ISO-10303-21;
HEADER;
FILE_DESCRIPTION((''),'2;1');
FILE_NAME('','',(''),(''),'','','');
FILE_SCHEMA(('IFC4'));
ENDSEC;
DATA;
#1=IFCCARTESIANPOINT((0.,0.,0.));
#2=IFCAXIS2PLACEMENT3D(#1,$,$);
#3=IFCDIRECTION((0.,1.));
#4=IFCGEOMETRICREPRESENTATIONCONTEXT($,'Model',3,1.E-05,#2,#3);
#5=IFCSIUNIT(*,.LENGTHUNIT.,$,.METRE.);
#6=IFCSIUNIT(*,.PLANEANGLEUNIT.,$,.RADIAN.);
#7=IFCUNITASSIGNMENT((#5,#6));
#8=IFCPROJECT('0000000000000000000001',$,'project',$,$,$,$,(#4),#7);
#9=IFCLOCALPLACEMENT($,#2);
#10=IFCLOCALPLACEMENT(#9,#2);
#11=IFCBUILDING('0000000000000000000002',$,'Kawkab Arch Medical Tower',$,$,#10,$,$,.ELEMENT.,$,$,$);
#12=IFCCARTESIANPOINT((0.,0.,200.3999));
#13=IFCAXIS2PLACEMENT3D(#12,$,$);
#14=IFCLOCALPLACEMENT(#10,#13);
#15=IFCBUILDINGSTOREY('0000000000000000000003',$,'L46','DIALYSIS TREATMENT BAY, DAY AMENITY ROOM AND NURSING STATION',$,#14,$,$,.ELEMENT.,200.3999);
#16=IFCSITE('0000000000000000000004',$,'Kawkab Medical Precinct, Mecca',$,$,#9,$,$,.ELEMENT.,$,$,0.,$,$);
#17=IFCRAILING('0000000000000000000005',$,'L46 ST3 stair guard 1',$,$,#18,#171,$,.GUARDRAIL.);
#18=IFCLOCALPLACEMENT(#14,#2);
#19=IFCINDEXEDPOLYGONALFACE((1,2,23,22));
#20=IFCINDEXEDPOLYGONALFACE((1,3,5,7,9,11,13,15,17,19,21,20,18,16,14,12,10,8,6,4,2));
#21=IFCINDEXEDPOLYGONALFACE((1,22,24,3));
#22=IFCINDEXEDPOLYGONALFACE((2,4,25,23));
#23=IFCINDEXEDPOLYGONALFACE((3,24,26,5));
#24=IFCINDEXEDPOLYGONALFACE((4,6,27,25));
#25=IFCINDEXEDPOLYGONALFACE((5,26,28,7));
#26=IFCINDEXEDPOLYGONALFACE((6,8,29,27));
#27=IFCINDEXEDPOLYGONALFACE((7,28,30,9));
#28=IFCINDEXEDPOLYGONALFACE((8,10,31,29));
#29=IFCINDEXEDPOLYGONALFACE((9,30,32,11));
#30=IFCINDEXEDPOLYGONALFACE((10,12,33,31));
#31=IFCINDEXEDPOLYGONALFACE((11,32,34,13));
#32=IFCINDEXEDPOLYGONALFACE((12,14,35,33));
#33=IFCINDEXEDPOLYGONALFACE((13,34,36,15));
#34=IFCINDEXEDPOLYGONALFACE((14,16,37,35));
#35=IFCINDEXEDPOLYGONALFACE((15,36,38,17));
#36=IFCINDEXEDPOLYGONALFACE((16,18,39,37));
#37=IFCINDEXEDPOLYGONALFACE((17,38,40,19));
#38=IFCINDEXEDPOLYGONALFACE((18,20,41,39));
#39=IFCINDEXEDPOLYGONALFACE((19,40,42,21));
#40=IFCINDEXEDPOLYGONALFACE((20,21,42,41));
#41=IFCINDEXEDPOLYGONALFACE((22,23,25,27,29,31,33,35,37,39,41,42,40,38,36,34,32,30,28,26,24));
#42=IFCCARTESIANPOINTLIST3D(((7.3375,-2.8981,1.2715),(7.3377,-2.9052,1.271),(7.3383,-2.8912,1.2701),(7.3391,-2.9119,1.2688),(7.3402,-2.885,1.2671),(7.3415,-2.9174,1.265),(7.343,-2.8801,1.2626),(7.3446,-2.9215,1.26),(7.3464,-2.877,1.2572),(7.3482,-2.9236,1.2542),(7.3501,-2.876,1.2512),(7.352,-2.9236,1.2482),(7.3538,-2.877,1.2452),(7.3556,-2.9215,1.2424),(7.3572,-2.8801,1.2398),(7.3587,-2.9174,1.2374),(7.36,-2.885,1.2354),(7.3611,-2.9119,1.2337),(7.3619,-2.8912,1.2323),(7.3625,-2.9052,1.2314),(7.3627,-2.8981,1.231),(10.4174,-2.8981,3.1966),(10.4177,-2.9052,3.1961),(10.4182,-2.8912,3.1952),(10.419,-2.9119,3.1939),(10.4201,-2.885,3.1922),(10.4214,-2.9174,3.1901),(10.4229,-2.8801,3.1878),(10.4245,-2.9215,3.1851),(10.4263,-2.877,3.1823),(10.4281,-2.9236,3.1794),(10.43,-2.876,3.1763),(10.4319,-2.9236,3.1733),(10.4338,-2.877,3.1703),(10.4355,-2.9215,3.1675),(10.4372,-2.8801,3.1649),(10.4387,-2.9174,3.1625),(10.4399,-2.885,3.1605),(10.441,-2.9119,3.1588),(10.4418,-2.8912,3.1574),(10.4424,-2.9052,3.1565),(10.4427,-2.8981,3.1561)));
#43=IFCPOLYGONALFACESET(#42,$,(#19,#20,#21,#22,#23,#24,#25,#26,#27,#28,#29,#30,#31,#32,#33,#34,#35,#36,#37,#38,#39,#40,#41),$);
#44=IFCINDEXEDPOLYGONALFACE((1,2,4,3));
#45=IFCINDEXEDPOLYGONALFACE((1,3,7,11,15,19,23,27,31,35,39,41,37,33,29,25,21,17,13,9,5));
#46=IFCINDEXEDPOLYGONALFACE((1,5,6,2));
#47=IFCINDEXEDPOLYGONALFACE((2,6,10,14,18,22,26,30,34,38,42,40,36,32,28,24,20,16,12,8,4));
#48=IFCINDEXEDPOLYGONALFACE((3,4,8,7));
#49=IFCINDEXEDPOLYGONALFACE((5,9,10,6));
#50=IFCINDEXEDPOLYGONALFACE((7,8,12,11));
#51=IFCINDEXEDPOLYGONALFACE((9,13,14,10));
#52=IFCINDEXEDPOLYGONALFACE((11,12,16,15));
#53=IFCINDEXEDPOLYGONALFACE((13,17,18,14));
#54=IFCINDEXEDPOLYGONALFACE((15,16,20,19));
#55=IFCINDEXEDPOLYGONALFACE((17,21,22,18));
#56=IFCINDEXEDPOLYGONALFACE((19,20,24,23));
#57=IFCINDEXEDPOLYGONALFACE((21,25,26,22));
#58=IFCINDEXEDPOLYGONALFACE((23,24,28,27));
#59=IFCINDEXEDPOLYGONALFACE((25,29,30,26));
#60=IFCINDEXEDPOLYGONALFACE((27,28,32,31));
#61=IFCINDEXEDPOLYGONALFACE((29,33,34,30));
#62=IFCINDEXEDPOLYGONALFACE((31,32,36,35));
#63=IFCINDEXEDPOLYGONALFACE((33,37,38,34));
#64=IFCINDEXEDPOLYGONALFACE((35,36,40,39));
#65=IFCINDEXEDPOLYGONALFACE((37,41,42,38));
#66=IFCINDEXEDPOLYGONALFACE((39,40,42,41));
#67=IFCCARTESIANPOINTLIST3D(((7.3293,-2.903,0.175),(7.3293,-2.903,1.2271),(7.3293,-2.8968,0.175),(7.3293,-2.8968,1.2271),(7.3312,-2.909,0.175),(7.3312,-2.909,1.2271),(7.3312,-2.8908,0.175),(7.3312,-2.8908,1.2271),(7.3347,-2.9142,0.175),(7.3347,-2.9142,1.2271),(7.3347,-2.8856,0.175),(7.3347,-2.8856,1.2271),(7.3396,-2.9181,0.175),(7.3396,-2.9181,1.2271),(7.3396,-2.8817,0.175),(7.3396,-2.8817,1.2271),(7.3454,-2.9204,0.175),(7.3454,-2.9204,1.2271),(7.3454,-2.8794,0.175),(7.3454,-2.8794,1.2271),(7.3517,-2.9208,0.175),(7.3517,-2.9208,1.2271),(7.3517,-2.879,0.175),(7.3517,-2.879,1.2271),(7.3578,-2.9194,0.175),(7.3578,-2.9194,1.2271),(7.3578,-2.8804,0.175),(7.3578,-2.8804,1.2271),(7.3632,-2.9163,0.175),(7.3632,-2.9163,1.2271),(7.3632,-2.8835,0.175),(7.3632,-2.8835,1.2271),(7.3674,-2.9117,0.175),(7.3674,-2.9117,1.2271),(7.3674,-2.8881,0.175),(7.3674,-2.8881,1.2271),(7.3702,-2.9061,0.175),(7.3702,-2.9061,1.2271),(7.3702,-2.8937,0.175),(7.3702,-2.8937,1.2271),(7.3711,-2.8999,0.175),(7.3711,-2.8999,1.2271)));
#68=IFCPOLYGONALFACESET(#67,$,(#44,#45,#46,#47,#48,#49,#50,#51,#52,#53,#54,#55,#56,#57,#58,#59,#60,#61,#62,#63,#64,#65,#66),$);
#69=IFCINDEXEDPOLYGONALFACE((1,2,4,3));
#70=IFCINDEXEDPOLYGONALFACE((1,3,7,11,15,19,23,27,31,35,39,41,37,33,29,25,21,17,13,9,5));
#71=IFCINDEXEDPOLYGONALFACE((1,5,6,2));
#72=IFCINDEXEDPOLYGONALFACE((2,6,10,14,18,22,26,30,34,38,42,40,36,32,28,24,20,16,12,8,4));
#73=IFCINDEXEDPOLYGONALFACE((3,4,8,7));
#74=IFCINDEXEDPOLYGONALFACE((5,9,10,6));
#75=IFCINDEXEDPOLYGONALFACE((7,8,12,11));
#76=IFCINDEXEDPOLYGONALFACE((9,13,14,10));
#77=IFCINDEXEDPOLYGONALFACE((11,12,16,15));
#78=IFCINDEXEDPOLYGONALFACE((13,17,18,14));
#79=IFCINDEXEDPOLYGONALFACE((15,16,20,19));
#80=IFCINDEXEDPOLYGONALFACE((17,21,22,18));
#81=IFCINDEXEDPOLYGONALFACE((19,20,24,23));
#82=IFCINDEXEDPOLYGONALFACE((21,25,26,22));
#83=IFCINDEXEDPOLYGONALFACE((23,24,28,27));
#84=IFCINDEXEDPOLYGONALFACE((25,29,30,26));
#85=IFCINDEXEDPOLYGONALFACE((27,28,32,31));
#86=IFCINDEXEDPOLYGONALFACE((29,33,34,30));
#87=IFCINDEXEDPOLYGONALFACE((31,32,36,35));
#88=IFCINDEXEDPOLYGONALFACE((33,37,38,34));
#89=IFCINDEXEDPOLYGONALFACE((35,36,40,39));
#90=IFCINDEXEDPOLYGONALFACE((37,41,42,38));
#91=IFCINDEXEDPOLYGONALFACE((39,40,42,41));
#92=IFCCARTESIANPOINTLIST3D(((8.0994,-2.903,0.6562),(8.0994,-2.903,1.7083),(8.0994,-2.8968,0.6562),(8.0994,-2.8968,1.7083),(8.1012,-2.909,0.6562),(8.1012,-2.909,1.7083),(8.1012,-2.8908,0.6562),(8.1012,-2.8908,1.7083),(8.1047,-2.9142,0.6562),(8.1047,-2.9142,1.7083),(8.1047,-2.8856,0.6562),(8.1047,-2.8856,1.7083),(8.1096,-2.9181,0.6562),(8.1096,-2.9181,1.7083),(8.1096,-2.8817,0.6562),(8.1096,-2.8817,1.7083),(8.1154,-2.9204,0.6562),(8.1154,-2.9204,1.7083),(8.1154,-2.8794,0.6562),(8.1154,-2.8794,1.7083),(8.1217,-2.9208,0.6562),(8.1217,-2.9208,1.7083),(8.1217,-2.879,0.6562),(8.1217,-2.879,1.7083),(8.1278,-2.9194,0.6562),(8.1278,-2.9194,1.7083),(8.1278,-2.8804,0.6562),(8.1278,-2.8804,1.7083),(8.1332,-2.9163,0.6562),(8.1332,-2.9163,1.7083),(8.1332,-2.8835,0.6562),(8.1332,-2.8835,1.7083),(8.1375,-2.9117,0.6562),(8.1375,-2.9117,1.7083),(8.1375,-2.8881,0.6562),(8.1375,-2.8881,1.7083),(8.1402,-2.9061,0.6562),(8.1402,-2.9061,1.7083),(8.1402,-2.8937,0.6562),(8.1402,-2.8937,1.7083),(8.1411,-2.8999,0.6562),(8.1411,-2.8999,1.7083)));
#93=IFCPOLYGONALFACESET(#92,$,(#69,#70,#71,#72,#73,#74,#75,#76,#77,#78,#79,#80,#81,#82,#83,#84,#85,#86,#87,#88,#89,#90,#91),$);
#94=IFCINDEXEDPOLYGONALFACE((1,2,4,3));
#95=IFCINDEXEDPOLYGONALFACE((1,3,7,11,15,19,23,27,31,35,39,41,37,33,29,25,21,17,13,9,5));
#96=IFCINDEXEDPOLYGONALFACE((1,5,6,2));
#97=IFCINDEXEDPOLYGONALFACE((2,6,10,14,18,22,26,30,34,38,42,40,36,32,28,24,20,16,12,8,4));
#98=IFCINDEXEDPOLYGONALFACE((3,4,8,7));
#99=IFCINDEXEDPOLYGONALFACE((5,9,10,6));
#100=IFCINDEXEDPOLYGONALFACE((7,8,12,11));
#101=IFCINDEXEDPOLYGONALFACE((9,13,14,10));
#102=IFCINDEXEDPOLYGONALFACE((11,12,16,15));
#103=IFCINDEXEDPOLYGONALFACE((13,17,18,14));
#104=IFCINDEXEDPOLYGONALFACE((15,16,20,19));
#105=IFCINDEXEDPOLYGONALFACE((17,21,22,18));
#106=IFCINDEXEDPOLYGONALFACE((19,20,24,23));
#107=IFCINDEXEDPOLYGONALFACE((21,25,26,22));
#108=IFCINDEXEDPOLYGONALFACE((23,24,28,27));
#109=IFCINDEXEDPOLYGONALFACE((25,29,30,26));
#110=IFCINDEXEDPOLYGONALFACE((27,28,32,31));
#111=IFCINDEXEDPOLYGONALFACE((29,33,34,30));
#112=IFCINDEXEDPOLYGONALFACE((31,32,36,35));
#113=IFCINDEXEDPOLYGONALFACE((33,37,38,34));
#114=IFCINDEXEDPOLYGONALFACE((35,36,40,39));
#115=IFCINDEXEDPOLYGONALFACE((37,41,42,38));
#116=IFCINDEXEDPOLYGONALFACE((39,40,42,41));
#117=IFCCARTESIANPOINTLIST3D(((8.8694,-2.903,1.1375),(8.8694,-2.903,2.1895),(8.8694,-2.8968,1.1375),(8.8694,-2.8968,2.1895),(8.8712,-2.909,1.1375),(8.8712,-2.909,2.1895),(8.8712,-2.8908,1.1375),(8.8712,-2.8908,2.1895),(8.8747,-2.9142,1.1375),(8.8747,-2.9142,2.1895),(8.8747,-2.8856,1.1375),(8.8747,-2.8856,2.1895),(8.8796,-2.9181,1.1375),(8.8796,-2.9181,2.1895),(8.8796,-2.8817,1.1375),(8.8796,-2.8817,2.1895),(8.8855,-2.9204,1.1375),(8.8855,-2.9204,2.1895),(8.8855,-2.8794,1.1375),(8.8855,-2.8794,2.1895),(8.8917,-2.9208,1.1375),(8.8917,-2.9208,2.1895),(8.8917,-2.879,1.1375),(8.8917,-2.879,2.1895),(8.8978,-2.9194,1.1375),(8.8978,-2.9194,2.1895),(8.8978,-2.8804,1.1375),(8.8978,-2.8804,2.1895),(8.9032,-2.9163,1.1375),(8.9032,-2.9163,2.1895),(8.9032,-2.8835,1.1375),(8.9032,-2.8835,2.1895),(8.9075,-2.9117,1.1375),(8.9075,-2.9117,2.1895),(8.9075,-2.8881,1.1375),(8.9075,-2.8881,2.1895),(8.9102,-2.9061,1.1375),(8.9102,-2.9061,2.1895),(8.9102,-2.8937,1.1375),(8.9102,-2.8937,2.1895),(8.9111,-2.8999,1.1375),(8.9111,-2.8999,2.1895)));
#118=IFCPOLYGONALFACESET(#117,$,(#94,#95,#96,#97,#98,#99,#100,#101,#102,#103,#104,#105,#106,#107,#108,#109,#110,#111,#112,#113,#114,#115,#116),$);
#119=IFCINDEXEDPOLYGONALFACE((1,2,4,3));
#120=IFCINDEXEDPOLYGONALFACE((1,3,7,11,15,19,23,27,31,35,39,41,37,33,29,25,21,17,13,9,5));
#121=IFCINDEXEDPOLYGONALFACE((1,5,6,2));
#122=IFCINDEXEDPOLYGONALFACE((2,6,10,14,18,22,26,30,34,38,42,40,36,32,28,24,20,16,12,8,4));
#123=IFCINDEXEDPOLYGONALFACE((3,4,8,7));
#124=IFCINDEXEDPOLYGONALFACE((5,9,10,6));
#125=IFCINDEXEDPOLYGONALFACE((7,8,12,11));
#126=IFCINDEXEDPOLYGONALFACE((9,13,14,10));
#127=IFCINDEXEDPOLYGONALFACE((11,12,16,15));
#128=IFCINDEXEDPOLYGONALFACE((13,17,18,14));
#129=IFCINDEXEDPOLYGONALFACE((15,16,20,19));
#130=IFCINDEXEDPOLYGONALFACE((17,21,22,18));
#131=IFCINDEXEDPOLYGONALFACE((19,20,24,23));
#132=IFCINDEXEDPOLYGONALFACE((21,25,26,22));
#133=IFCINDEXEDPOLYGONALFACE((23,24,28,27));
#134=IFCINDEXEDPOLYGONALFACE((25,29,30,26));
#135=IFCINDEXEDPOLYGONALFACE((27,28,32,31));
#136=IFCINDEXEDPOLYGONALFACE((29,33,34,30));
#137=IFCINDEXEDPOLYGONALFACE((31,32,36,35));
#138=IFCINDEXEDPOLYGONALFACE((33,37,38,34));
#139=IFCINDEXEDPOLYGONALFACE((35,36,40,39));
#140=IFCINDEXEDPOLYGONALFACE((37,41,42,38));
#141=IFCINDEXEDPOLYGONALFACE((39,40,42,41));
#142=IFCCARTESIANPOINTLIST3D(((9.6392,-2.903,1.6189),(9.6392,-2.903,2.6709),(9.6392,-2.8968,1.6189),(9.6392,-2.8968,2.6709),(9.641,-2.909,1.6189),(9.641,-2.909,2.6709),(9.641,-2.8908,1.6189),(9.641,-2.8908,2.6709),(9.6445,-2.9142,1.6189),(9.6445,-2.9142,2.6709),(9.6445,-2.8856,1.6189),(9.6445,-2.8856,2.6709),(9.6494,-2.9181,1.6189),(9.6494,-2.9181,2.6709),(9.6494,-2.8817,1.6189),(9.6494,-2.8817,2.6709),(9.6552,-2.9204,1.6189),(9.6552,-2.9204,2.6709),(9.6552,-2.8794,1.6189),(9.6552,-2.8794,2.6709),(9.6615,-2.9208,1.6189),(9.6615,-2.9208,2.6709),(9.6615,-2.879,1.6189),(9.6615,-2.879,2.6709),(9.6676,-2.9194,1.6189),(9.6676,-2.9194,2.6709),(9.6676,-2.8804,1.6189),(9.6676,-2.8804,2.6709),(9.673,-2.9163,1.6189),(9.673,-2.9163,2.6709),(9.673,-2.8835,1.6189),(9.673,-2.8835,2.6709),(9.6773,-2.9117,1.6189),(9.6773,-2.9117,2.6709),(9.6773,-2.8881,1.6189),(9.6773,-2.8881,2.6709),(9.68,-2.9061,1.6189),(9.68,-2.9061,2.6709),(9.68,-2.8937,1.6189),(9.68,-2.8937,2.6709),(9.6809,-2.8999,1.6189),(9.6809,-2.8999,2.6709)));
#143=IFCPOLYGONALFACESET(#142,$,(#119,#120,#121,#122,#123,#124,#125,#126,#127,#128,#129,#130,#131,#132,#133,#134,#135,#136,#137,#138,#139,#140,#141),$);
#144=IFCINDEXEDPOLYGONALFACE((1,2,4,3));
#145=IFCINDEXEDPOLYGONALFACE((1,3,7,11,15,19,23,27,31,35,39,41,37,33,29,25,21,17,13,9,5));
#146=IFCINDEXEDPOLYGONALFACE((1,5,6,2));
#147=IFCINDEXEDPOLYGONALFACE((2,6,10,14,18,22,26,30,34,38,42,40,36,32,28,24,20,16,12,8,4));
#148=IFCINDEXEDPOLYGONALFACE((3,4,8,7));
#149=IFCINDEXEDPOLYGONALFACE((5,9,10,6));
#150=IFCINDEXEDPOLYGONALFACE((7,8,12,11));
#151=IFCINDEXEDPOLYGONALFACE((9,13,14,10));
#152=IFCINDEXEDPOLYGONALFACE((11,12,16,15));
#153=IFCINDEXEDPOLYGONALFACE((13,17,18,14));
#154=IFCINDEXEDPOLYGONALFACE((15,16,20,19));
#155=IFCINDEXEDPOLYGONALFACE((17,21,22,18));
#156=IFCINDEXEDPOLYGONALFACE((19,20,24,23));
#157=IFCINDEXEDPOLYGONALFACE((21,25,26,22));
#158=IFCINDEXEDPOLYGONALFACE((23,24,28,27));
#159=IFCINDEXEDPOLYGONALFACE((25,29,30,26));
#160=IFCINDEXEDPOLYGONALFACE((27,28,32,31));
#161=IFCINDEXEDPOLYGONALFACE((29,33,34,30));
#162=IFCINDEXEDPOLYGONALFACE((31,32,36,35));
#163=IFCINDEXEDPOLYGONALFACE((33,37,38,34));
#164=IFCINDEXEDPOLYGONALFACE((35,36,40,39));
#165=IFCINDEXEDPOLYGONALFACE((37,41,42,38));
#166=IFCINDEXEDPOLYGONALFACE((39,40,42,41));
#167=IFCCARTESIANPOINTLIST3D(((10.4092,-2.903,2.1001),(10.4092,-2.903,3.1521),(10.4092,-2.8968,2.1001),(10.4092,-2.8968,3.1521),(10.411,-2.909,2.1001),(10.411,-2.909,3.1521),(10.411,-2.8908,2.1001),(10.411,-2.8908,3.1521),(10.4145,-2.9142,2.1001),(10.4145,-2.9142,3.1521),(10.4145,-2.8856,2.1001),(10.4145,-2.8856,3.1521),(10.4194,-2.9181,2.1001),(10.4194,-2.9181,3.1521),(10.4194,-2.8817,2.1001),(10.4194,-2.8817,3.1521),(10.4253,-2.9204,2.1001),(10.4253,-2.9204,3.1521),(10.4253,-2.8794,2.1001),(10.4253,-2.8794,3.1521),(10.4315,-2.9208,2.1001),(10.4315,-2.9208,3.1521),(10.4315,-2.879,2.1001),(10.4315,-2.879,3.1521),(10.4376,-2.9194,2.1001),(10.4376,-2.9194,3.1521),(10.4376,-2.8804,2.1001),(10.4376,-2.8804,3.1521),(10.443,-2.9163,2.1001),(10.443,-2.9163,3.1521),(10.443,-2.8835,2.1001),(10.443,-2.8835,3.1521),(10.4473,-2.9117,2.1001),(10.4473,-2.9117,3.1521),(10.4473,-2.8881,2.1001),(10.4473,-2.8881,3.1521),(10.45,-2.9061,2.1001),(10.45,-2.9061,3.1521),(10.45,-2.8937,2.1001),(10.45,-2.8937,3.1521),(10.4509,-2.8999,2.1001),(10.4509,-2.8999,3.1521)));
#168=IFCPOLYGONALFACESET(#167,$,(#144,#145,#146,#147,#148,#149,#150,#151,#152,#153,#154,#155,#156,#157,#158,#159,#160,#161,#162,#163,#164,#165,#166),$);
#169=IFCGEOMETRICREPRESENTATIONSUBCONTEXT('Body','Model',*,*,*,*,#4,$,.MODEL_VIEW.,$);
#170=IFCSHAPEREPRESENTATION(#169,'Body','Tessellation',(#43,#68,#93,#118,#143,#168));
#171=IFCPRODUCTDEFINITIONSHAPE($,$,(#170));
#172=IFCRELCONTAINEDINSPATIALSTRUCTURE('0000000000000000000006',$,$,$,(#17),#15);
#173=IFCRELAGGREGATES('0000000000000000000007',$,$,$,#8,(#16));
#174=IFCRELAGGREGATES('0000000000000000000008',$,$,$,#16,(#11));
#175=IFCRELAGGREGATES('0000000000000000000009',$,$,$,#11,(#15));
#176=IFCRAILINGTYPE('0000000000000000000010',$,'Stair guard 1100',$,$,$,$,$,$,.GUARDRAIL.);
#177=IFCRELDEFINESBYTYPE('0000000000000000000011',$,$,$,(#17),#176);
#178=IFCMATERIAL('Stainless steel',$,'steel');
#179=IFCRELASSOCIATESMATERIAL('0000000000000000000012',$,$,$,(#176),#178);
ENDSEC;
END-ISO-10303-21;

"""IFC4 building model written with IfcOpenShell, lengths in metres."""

from ifc_helpers import new_model, si_unit, direction, frame, origin, origin_2d, place, context, subcontext, project, spatial, circle, extrude, material, type_object, element, save


model = new_model("IFC4")

# Units and contexts
model_context = context("Model", 3, precision=1e-05, world=origin(), true_north=direction((0.0, 1.0)))
body_context = subcontext(model_context, "Body", "Model", "MODEL_VIEW")
ifc_project = project(units=[si_unit("LENGTHUNIT", "METRE"), si_unit("PLANEANGLEUNIT", "RADIAN")], contexts=[model_context])

# Site, building, storey
site_placement = place(None, origin())
site = spatial("IfcSite", under=ifc_project, at=site_placement, Name="Kawkab Medical Precinct, Mecca", CompositionType="ELEMENT", RefElevation=0.0)
building_placement = place(site_placement, origin())
building = spatial("IfcBuilding", under=site, at=building_placement, Name="Kawkab Arch Medical Tower", CompositionType="ELEMENT")
storey_placement = place(building_placement, frame((0.0, 0.0, 200.3999)))
storey = spatial("IfcBuildingStorey", under=building, at=storey_placement, Name="L46", Description="DIALYSIS TREATMENT BAY, DAY AMENITY ROOM AND NURSING STATION", CompositionType="ELEMENT", Elevation=200.3999)

# Railing
ifc_material_1 = material(Name="Stainless steel", Category="steel")
railing_type_1 = type_object("IfcRailingType", Name="Stair guard 1100", PredefinedType="GUARDRAIL", material=ifc_material_1)
railing_1_placement = place(storey_placement, frame((7.3501, -2.8999, 0.175)))
element("IfcRailing", 1, at=railing_1_placement, inside=storey, type_object=railing_type_1, Name="L46 ST3 stair guard 1", PredefinedType="GUARDRAIL", context=body_context, shape_type="SweptSolid", body=[
    extrude(circle(Radius=0.0239, at=origin_2d()), frame((0.0, 0.0, 1.0762), z_axis=(0.847979, 0.0, 0.530029), x_axis=(0.0, 1.0, 0.0)), (0.0, 0.0, 1.0), 3.6321),
    extrude(circle(Radius=0.021, at=origin_2d()), origin(), (0.0, 0.0, 1.0), 1.052),
    extrude(circle(Radius=0.021, at=origin_2d()), frame((0.77, 0.0, 0.4812)), (0.0, 0.0, 1.0), 1.052),
    extrude(circle(Radius=0.021, at=origin_2d()), frame((1.54, 0.0, 0.9624)), (0.0, 0.0, 1.0), 1.052),
    extrude(circle(Radius=0.021, at=origin_2d()), frame((2.3098, 0.0, 1.4438)), (0.0, 0.0, 1.0), 1.052),
    extrude(circle(Radius=0.021, at=origin_2d()), frame((3.0798, 0.0, 1.925)), (0.0, 0.0, 1.0), 1.052),
])

save(model, "model.ifc")
